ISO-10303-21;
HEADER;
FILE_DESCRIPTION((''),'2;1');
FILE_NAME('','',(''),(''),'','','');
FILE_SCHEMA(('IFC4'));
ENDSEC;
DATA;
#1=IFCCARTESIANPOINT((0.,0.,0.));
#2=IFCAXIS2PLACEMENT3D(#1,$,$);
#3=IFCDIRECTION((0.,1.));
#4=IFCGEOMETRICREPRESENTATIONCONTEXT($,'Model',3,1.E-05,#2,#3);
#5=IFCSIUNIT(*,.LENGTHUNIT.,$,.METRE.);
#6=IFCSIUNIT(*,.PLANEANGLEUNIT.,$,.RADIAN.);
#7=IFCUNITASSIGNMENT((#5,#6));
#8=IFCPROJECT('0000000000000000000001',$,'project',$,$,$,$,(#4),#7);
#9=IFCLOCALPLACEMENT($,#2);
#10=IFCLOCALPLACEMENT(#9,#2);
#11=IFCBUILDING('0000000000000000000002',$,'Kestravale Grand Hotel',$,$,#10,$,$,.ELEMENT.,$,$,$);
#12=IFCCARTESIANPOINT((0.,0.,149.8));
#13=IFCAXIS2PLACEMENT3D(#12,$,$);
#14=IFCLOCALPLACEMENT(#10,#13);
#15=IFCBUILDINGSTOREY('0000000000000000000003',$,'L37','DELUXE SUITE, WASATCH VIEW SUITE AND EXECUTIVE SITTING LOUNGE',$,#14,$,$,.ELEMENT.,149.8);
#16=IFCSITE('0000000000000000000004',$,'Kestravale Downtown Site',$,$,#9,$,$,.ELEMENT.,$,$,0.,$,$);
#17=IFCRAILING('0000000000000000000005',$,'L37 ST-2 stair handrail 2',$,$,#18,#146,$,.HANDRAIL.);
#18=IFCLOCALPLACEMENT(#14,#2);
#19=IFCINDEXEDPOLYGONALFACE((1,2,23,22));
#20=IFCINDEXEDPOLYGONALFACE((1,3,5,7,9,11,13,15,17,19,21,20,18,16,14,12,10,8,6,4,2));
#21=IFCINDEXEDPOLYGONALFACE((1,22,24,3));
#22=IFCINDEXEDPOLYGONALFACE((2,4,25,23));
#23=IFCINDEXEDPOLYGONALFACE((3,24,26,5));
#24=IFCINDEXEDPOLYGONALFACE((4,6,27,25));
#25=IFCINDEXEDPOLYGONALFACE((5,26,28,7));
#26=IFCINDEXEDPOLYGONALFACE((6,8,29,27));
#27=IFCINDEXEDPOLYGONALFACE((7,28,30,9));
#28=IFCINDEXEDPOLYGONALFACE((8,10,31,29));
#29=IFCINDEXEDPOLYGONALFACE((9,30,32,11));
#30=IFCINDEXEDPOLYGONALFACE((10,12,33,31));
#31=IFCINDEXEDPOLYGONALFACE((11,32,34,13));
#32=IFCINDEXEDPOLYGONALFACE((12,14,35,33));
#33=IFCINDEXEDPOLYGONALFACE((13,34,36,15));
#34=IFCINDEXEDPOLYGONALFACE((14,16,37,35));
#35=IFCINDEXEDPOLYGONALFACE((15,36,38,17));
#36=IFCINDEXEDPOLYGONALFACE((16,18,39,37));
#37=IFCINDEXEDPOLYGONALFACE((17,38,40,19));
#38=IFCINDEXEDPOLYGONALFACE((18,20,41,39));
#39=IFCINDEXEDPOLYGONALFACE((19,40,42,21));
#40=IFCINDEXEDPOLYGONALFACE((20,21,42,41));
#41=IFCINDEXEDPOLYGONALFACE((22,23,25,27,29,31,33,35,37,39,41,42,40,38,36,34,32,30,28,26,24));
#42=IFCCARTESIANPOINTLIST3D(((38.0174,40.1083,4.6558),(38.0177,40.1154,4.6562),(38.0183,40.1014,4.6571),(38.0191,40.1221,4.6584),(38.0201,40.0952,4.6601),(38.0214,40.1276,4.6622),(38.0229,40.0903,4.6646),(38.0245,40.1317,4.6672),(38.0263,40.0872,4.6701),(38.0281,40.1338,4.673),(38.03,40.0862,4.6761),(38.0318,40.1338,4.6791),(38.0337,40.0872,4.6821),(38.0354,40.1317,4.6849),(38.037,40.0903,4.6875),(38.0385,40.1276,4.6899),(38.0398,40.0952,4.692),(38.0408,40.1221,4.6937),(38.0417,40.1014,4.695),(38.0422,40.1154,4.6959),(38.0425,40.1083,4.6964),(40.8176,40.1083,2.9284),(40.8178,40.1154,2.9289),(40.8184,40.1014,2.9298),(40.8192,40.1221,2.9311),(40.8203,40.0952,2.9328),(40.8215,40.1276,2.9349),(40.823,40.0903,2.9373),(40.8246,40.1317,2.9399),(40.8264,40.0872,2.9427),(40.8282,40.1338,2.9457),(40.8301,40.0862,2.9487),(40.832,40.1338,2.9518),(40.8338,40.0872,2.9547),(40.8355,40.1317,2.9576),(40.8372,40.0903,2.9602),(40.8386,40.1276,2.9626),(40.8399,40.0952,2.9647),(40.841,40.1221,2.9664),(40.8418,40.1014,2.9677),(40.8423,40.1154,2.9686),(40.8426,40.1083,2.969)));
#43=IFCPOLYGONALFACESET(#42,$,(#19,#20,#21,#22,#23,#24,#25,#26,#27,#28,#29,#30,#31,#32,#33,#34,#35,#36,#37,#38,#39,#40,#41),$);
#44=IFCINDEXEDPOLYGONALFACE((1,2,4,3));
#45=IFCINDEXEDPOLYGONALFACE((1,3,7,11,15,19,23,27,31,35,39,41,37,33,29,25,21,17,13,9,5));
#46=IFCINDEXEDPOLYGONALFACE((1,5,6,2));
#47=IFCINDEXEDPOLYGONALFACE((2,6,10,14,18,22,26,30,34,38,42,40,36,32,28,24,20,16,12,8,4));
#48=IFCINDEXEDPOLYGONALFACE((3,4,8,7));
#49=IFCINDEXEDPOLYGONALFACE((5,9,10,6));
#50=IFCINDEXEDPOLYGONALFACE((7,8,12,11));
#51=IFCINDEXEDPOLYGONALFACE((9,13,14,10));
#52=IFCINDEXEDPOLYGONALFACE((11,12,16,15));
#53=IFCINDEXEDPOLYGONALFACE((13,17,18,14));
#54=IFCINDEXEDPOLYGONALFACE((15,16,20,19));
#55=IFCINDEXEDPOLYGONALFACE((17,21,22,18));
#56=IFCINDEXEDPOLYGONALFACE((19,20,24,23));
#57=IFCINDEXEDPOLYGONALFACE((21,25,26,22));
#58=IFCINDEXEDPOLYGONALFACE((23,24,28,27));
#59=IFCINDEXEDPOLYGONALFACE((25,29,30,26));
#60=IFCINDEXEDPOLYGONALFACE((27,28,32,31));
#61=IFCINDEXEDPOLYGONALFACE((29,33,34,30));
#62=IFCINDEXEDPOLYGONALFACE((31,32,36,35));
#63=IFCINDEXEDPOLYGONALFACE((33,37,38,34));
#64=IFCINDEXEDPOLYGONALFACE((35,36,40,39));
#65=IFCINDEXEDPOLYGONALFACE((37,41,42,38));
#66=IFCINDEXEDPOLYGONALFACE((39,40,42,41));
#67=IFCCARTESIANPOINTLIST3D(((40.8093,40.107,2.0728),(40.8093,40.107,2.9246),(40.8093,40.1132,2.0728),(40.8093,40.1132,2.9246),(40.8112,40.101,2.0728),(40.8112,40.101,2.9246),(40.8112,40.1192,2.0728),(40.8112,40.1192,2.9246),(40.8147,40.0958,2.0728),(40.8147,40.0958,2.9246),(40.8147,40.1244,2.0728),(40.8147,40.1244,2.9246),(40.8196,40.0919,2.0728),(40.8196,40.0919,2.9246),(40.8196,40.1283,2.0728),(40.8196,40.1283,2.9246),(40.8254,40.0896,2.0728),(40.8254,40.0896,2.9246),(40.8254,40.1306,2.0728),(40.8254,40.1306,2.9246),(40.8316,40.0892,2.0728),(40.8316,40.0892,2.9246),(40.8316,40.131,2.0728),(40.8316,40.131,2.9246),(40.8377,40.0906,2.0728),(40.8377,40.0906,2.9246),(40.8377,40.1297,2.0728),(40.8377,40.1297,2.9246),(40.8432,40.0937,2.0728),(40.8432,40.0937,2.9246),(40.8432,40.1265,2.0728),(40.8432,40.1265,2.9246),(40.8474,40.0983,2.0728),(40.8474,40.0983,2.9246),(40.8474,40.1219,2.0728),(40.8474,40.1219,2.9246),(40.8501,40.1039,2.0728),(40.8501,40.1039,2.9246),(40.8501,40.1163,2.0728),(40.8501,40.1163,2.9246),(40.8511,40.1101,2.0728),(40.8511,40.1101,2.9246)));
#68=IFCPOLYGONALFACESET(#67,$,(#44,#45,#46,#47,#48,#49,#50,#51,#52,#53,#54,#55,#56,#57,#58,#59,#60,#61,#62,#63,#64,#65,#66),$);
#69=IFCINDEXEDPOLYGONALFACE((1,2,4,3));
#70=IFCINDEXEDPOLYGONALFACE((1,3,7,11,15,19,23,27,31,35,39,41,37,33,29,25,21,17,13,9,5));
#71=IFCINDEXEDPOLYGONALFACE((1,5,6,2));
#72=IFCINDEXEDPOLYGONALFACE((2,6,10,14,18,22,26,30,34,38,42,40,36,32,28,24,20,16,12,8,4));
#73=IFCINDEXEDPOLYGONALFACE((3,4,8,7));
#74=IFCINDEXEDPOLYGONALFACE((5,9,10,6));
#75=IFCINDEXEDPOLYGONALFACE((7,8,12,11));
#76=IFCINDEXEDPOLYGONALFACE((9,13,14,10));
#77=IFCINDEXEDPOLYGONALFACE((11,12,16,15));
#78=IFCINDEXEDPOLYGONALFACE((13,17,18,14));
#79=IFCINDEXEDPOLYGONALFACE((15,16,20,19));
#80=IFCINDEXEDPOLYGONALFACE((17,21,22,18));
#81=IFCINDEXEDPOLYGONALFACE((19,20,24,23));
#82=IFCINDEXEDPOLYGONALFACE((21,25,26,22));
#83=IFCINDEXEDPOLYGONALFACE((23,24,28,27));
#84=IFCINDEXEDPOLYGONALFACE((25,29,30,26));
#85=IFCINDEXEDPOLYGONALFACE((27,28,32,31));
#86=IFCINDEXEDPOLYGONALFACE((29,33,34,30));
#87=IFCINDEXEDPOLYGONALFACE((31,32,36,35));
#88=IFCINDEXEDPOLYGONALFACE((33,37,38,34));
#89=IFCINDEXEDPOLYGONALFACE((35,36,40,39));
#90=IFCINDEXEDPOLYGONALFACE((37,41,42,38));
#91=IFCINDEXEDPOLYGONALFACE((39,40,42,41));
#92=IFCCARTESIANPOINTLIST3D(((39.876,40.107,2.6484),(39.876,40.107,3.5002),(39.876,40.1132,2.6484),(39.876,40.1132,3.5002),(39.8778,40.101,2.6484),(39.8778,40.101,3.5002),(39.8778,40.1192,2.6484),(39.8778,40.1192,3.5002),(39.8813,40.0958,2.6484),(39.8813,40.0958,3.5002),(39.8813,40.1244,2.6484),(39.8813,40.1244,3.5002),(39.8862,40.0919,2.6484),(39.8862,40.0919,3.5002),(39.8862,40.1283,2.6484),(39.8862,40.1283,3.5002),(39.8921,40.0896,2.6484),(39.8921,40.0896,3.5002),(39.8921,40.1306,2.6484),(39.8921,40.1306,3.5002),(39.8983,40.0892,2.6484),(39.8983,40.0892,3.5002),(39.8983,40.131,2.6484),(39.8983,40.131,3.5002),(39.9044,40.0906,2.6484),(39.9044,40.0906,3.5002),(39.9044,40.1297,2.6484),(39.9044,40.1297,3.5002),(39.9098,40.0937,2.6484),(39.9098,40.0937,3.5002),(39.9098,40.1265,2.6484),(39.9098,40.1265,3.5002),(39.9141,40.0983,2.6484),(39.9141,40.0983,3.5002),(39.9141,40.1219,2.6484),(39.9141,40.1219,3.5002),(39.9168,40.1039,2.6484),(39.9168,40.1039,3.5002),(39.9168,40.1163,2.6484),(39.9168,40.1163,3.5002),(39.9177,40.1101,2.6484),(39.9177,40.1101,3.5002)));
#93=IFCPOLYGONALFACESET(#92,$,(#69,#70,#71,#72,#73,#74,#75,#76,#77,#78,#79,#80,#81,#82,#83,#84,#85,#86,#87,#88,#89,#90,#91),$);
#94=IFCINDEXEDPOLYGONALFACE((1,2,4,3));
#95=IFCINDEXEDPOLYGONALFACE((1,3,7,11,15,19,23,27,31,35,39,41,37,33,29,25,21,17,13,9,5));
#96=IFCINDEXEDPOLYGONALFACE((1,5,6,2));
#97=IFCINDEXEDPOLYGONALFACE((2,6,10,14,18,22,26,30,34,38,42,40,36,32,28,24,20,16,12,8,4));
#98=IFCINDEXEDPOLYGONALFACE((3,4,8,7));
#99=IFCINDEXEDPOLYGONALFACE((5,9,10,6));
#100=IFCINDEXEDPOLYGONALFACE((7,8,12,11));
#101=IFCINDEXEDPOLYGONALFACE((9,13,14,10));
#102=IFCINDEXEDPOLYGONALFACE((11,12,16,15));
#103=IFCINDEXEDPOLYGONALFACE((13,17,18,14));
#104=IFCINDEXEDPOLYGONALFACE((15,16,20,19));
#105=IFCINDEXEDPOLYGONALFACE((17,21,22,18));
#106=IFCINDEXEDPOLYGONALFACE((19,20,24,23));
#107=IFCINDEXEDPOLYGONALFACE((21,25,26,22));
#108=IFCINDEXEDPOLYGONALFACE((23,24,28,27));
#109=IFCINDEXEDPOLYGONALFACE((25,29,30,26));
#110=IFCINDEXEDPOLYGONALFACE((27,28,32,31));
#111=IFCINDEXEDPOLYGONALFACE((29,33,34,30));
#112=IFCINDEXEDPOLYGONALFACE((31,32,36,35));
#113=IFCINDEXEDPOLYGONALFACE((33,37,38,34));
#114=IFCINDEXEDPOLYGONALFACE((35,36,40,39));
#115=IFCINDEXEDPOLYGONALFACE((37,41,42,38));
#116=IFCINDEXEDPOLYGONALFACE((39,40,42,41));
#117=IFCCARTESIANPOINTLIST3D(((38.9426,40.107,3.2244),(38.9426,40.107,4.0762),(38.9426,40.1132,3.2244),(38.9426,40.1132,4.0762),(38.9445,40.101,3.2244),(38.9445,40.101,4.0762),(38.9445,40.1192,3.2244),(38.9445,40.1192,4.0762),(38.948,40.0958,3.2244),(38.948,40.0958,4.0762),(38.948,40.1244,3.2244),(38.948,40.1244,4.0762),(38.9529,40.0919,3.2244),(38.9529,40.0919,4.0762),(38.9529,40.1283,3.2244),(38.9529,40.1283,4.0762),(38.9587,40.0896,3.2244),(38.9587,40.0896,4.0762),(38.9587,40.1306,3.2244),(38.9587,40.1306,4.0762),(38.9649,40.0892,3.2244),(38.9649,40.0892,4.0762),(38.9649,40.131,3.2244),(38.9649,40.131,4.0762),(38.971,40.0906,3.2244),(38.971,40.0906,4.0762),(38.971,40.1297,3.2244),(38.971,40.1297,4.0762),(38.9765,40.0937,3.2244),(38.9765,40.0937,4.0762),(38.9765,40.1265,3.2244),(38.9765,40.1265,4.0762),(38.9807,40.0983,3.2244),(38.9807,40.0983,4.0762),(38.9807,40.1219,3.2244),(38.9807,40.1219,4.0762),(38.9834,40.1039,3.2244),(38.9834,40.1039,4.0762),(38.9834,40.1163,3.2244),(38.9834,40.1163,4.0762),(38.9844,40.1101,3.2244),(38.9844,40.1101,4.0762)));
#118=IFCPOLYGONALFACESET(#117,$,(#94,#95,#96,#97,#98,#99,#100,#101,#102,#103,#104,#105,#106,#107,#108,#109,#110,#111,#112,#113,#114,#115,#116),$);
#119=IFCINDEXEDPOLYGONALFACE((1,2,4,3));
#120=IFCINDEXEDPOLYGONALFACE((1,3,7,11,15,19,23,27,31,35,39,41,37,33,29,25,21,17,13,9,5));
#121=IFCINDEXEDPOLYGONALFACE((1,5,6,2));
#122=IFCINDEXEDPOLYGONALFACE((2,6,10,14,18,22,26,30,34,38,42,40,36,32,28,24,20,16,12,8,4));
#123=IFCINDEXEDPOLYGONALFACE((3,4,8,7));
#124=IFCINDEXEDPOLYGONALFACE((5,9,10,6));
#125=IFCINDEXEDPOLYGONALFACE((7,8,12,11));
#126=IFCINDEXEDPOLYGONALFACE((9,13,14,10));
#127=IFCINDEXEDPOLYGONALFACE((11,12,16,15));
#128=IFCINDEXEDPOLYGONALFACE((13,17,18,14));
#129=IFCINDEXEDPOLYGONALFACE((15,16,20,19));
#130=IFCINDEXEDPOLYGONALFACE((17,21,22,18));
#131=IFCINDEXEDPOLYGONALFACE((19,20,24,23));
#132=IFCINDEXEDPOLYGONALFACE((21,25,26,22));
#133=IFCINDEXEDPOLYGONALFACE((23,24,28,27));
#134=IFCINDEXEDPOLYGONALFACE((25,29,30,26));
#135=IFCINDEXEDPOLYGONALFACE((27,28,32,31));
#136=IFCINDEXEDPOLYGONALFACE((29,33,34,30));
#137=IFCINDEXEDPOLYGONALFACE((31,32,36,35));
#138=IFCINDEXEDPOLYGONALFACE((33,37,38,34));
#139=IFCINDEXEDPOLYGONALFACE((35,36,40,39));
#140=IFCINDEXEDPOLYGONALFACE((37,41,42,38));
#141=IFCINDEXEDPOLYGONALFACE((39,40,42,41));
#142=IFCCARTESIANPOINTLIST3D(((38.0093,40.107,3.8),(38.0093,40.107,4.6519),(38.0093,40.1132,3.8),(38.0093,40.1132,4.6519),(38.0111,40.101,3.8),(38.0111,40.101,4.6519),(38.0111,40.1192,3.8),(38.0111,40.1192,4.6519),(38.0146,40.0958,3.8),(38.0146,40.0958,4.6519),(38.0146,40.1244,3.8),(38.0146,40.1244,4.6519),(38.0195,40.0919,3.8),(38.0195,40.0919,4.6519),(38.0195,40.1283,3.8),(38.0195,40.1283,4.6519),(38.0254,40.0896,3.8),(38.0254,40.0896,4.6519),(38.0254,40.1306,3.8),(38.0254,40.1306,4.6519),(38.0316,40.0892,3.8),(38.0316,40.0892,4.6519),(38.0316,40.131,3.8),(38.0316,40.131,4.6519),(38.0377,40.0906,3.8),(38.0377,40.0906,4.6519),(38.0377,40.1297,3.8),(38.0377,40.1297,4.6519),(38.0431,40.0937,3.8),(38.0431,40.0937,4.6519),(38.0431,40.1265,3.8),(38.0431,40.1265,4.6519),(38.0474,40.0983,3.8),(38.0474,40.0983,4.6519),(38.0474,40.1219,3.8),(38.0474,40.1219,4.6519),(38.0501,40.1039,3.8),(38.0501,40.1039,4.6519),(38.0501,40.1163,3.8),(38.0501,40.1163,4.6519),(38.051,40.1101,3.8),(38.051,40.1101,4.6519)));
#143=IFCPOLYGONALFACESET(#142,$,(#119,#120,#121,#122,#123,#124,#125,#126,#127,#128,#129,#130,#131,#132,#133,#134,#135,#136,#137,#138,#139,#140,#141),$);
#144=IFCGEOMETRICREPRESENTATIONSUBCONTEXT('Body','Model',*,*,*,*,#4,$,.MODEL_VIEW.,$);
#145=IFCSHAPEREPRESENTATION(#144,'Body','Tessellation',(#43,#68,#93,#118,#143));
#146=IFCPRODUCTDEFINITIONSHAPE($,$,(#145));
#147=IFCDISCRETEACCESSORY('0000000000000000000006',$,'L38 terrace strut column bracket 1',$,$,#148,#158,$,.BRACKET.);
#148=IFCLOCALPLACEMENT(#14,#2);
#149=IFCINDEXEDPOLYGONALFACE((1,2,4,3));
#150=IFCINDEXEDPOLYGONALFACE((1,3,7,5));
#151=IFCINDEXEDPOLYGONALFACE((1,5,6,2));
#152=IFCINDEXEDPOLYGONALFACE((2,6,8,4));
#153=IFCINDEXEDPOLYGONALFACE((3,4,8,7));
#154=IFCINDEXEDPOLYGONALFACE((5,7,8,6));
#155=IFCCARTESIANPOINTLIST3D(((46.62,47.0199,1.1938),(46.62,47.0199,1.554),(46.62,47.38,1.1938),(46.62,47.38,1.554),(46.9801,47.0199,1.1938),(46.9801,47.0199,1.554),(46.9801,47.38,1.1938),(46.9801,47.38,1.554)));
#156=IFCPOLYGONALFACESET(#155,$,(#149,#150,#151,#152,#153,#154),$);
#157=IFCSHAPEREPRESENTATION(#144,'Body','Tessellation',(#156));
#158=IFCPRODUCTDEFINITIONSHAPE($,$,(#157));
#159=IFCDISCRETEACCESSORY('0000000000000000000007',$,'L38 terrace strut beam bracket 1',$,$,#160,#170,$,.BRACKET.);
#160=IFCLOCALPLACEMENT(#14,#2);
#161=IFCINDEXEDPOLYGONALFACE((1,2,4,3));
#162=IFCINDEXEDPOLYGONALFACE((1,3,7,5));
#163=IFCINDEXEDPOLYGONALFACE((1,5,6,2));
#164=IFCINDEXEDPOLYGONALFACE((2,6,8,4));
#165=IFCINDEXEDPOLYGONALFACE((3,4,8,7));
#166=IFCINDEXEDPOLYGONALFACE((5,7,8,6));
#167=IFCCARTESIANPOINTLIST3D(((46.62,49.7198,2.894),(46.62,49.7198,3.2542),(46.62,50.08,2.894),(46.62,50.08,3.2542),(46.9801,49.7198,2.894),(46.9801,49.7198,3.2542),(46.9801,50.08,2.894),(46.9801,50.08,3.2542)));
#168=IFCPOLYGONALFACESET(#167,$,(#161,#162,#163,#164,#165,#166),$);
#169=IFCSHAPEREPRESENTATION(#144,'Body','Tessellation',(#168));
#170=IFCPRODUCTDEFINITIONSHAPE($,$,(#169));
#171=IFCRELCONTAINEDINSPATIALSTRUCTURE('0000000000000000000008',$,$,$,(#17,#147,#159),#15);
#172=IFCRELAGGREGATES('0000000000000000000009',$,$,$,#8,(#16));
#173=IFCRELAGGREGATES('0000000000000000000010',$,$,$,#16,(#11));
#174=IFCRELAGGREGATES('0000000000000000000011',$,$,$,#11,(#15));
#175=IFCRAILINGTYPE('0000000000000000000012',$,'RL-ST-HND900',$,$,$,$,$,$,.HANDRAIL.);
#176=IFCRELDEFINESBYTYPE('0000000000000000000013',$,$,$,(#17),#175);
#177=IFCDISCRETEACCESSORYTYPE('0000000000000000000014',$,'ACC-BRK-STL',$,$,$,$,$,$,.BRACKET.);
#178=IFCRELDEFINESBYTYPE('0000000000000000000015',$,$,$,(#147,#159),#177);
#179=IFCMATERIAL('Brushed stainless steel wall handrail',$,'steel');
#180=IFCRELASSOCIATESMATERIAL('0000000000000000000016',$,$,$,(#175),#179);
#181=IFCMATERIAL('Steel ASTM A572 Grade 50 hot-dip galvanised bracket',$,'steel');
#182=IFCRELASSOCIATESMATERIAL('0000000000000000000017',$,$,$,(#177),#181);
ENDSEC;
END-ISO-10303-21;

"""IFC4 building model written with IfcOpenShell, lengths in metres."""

from ifc_helpers import new_model, si_unit, direction, frame, origin, origin_2d, place, context, subcontext, project, spatial, rectangle, circle, extrude, material, type_object, element, save


model = new_model("IFC4")

# Units and contexts
model_context = context("Model", 3, precision=1e-05, world=origin(), true_north=direction((0.0, 1.0)))
body_context = subcontext(model_context, "Body", "Model", "MODEL_VIEW")
ifc_project = project(units=[si_unit("LENGTHUNIT", "METRE"), si_unit("PLANEANGLEUNIT", "RADIAN")], contexts=[model_context])

# Site, building, storey
site_placement = place(None, origin())
site = spatial("IfcSite", under=ifc_project, at=site_placement, Name="Kestravale Downtown Site", CompositionType="ELEMENT", RefElevation=0.0)
building_placement = place(site_placement, origin())
building = spatial("IfcBuilding", under=site, at=building_placement, Name="Kestravale Grand Hotel", CompositionType="ELEMENT")
storey_placement = place(building_placement, frame((0.0, 0.0, 149.8)))
storey = spatial("IfcBuildingStorey", under=building, at=storey_placement, Name="L37", Description="DELUXE SUITE, WASATCH VIEW SUITE AND EXECUTIVE SITTING LOUNGE", CompositionType="ELEMENT", Elevation=149.8)

# Railing
ifc_material_1 = material(Name="Brushed stainless steel wall handrail", Category="steel")
railing_type_1 = type_object("IfcRailingType", Name="RL-ST-HND900", PredefinedType="HANDRAIL", material=ifc_material_1)
railing_1_placement = place(storey_placement, frame((40.8301, 40.1101, 2.0728)))
element("IfcRailing", 1, at=railing_1_placement, inside=storey, type_object=railing_type_1, Name="L37 ST-2 stair handrail 2", PredefinedType="HANDRAIL", context=body_context, shape_type="SweptSolid", body=[
    extrude(circle(Radius=0.0239, at=origin_2d()), frame((0.0, 0.0, 0.876), z_axis=(-0.85109, 0.0, 0.52502), x_axis=(0.0, -1.0, 0.0)), (0.0, 0.0, 1.0), 3.29),
    extrude(circle(Radius=0.021, at=origin_2d()), origin(), (0.0, 0.0, 1.0), 0.8518),
    extrude(circle(Radius=0.021, at=origin_2d()), frame((-0.9333, 0.0, 0.5757)), (0.0, 0.0, 1.0), 0.8518),
    extrude(circle(Radius=0.021, at=origin_2d()), frame((-1.8667, 0.0, 1.1516)), (0.0, 0.0, 1.0), 0.8518),
    extrude(circle(Radius=0.021, at=origin_2d()), frame((-2.8, 0.0, 1.7273)), (0.0, 0.0, 1.0), 0.8518),
])

# Discrete accessories
ifc_material_2 = material(Name="Steel ASTM A572 Grade 50 hot-dip galvanised bracket", Category="steel")
discrete_accessory_type = type_object("IfcDiscreteAccessoryType", Name="ACC-BRK-STL", PredefinedType="BRACKET", material=ifc_material_2)
for number, where, z_axis, x_axis, name in (
    (2, (46.8, 47.2, 1.1938), (0.0, 0.0, 1.0), (1.0, 0.0, 0.0), "L38 terrace strut column bracket 1"),
    (3, (46.8, 49.8999, 2.894), (0.0, 0.0, 1.0), (1.0, 0.0, 0.0), "L38 terrace strut beam bracket 1"),
):
    element("IfcDiscreteAccessory", number, at=place(storey_placement, frame(where, z_axis=z_axis, x_axis=x_axis)), inside=storey, type_object=discrete_accessory_type, Name=name, PredefinedType="BRACKET", context=body_context, shape_type="SweptSolid", body=[
        extrude(rectangle(XDim=0.3601, YDim=0.3601, at=origin_2d()), origin(), (0.0, 0.0, 1.0), 0.3601),
    ])

save(model, "model.ifc")
